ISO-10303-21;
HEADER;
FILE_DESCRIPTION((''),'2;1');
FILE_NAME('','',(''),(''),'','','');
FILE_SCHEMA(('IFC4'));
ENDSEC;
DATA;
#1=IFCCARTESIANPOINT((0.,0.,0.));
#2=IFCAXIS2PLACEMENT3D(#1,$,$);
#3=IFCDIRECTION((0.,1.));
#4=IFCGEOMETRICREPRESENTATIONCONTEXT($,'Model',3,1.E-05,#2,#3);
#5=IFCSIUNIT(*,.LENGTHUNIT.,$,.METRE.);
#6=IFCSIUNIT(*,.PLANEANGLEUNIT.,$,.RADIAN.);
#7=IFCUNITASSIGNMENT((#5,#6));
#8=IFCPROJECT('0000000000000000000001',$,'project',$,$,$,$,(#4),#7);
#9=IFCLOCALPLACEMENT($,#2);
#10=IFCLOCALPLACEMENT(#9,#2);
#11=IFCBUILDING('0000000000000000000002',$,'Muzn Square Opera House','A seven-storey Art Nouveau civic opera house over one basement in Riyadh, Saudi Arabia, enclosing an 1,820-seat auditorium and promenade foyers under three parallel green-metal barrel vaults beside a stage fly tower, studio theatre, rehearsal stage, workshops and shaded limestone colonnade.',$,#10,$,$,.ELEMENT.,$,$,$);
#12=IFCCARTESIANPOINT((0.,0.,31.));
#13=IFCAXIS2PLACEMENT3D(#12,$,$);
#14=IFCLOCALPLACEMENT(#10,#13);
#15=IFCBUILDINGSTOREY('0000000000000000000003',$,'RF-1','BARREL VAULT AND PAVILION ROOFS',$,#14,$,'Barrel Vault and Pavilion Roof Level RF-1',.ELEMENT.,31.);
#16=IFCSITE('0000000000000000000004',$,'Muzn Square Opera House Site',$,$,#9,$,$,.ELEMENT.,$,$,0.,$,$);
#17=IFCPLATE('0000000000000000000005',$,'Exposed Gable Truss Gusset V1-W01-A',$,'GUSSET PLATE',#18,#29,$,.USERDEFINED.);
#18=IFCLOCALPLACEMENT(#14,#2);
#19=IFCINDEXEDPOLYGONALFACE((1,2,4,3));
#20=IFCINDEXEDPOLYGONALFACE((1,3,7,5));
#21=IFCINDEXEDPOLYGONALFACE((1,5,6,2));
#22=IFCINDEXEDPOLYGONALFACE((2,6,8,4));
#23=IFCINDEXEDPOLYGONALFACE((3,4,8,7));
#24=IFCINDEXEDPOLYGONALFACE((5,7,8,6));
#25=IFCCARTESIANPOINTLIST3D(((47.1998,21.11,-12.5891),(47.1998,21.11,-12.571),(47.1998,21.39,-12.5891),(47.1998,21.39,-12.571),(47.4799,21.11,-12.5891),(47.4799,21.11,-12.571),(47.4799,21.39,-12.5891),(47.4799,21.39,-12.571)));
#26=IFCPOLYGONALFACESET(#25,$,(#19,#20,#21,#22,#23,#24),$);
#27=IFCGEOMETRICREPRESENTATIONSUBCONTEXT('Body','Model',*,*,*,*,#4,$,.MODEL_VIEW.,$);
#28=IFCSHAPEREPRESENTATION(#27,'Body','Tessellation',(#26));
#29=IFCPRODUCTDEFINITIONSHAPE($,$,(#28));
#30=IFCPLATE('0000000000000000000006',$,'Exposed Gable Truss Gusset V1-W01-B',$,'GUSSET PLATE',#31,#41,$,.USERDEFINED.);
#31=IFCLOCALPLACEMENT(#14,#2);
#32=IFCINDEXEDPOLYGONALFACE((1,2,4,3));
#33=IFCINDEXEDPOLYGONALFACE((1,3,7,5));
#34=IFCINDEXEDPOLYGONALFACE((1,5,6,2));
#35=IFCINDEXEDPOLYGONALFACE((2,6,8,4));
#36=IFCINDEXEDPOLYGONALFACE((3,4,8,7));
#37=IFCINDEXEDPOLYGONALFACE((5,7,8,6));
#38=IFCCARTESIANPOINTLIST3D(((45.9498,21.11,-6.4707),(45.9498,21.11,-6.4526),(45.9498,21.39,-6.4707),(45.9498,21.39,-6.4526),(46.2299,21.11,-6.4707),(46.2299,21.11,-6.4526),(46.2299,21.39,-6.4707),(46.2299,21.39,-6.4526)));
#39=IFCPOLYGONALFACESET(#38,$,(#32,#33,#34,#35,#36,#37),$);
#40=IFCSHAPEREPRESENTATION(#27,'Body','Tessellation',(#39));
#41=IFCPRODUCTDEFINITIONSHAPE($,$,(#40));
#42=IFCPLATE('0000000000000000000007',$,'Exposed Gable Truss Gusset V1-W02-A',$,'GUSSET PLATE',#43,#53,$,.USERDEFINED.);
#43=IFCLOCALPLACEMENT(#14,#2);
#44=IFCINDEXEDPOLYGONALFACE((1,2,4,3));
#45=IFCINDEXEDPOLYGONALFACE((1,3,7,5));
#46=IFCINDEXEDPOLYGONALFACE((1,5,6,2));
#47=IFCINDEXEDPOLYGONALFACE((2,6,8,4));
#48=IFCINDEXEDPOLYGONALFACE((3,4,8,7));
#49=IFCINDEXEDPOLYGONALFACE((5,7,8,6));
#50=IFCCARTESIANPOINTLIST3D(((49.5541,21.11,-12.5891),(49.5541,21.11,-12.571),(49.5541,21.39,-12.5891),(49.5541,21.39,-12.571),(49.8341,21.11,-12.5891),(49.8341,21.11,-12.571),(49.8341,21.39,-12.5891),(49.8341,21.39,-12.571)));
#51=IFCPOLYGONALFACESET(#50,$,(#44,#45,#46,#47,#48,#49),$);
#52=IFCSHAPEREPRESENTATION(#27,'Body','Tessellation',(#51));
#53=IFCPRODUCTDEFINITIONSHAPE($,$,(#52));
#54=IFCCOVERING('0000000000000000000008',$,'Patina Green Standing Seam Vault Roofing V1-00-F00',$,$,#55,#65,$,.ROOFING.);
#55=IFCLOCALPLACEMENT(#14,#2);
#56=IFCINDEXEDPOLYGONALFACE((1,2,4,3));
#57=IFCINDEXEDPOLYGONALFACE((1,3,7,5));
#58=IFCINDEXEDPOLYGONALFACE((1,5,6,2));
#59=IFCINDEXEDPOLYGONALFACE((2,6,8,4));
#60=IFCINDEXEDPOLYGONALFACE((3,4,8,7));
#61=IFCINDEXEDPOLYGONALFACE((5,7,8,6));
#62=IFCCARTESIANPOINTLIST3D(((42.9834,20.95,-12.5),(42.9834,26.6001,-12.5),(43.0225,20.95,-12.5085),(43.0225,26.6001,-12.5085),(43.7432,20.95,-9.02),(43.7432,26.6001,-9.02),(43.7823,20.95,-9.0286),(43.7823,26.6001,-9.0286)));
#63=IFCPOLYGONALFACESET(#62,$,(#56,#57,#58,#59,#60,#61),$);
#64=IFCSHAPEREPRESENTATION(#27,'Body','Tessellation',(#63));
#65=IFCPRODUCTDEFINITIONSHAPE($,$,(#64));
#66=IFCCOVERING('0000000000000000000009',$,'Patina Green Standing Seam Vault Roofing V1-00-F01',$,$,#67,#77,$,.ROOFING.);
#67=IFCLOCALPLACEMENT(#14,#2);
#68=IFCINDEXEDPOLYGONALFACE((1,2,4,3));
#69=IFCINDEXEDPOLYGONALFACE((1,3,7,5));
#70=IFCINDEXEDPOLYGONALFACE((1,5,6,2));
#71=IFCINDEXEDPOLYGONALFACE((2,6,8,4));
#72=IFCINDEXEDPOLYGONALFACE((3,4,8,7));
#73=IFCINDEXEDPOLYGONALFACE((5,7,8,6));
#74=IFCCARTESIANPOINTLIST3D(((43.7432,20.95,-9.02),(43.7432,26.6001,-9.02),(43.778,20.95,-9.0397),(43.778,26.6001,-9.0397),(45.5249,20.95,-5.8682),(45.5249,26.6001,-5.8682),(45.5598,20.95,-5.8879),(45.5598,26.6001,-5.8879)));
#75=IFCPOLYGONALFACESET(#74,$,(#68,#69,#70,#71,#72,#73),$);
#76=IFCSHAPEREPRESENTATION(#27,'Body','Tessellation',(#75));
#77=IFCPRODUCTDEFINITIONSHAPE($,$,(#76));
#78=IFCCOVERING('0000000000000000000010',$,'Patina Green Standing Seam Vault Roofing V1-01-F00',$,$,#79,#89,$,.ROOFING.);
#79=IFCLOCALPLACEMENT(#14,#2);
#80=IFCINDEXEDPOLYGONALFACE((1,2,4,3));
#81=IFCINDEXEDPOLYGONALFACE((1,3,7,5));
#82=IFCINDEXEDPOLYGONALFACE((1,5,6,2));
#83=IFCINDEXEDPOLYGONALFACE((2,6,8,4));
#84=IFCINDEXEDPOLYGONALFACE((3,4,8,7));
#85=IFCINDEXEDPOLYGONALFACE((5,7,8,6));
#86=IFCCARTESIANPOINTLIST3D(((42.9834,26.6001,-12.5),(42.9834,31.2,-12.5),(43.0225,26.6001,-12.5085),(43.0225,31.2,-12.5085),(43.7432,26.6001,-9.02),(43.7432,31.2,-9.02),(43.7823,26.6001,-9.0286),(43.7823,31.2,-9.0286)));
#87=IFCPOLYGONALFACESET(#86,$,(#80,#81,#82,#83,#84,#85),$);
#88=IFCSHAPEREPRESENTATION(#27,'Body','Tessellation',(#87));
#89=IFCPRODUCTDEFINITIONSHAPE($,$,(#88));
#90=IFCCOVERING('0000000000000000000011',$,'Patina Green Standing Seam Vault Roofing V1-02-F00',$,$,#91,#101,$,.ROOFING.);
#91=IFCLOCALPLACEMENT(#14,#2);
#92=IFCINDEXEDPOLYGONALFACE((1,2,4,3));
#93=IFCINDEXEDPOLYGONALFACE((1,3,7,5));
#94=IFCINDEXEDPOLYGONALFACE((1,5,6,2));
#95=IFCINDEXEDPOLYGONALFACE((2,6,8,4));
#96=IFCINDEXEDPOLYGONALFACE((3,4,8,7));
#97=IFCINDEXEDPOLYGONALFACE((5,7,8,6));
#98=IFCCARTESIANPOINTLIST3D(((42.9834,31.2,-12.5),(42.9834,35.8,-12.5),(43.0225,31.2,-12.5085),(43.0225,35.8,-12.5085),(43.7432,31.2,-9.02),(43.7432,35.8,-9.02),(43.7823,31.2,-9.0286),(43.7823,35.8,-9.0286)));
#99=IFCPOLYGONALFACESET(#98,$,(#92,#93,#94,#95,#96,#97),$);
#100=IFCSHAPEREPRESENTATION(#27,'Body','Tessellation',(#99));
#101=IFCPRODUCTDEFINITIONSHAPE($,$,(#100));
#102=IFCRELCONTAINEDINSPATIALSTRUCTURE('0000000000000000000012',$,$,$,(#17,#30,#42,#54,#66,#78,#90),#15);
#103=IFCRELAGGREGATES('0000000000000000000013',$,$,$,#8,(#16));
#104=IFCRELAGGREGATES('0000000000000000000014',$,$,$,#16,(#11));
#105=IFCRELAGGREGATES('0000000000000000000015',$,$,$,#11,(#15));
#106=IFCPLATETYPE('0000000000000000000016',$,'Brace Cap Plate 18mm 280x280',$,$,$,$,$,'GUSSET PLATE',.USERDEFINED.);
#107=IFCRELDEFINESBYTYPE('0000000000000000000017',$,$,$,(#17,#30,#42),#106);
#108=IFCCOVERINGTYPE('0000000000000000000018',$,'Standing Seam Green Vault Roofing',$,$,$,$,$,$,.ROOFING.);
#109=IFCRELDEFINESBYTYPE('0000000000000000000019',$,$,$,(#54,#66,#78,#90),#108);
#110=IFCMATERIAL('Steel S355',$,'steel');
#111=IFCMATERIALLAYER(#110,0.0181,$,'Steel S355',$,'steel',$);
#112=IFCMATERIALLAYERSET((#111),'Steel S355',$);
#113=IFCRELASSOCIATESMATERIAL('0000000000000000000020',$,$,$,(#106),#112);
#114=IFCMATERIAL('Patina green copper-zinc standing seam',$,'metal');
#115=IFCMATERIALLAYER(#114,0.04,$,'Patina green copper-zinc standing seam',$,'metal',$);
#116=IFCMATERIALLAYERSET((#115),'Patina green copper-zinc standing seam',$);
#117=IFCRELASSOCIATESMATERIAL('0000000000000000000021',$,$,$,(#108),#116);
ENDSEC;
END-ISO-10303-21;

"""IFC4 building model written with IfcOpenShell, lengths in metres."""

from ifc_helpers import new_model, si_unit, direction, frame, origin, origin_2d, place, context, subcontext, project, spatial, polyline, rectangle, outline, extrude, material, layer, layer_set, type_object, element, save


model = new_model("IFC4")

# Units and contexts
model_context = context("Model", 3, precision=1e-05, world=origin(), true_north=direction((0.0, 1.0)))
body_context = subcontext(model_context, "Body", "Model", "MODEL_VIEW")
ifc_project = project(units=[si_unit("LENGTHUNIT", "METRE"), si_unit("PLANEANGLEUNIT", "RADIAN")], contexts=[model_context])

# Site, building, storey
site_placement = place(None, origin())
site = spatial("IfcSite", under=ifc_project, at=site_placement, Name="Muzn Square Opera House Site", CompositionType="ELEMENT", RefElevation=0.0)
building_placement = place(site_placement, origin())
building = spatial("IfcBuilding", under=site, at=building_placement, Name="Muzn Square Opera House", Description="A seven-storey Art Nouveau civic opera house over one basement in Riyadh, Saudi Arabia, enclosing an 1,820-seat auditorium and promenade foyers under three parallel green-metal barrel vaults beside a stage fly tower, studio theatre, rehearsal stage, workshops and shaded limestone colonnade.", CompositionType="ELEMENT")
storey_placement = place(building_placement, frame((0.0, 0.0, 31.0)))
storey = spatial("IfcBuildingStorey", under=building, at=storey_placement, Name="RF-1", Description="BARREL VAULT AND PAVILION ROOFS", LongName="Barrel Vault and Pavilion Roof Level RF-1", CompositionType="ELEMENT", Elevation=31.0)

# Shared definitions
ifc_material_1 = material(Name="Steel S355", Category="steel")

# Shared definitions
ifc_material_2 = material(Name="Patina green copper-zinc standing seam", Category="metal")

# Plates
ifc_layer_1 = layer(ifc_material_1, 0.0181, Name="Steel S355", Category="steel")
ifc_layer_set_1 = layer_set([ifc_layer_1], Name="Steel S355")
plate_type = type_object("IfcPlateType", Name="Brace Cap Plate 18mm 280x280", ElementType="GUSSET PLATE", PredefinedType="USERDEFINED", material=ifc_layer_set_1)
for number, where, z_axis, x_axis, name in (
    (1, (47.3398, 21.25, -12.5891), (0.0, 0.0, 1.0), (1.0, 0.0, 0.0), "Exposed Gable Truss Gusset V1-W01-A"),
    (2, (46.0898, 21.25, -6.4707), (0.0, 0.0, 1.0), (1.0, 0.0, 0.0), "Exposed Gable Truss Gusset V1-W01-B"),
    (3, (49.6941, 21.25, -12.5891), (0.0, 0.0, 1.0), (1.0, 0.0, 0.0), "Exposed Gable Truss Gusset V1-W02-A"),
):
    element("IfcPlate", number, at=place(storey_placement, frame(where, z_axis=z_axis, x_axis=x_axis)), inside=storey, type_object=plate_type, Name=name, ObjectType="GUSSET PLATE", PredefinedType="USERDEFINED", context=body_context, shape_type="SweptSolid", body=[
        extrude(rectangle(XDim=0.28, YDim=0.28, at=origin_2d()), origin(), (0.0, 0.0, 1.0), 0.0181),
    ])

# Coverings
ifc_layer_2 = layer(ifc_material_2, 0.04, Name="Patina green copper-zinc standing seam", Category="metal")
ifc_layer_set_2 = layer_set([ifc_layer_2], Name="Patina green copper-zinc standing seam")
covering_type = type_object("IfcCoveringType", Name="Standing Seam Green Vault Roofing", PredefinedType="ROOFING", material=ifc_layer_set_2)
covering_1_placement = place(storey_placement, frame((43.7432, 20.95, -9.02), z_axis=(-0.976987, 0.0, 0.2133), x_axis=(0.0, 1.0, 0.0)))
element("IfcCovering", 4, at=covering_1_placement, inside=storey, type_object=covering_type, Name="Patina Green Standing Seam Vault Roofing V1-00-F00", PredefinedType="ROOFING", context=body_context, shape_type="SweptSolid", body=[
    extrude(outline(polyline([(0.0, 3.562), (0.0, 0.0), (5.6501, 0.0), (5.6501, 3.562), (0.0, 3.562)])), origin(), (0.0, 0.0, -1.0), 0.04),
])
covering_2_placement = place(storey_placement, frame((45.5249, 20.95, -5.8682), z_axis=(-0.870533, 0.0, 0.492111), x_axis=(0.0, 1.0, 0.0)))
element("IfcCovering", 5, at=covering_2_placement, inside=storey, type_object=covering_type, Name="Patina Green Standing Seam Vault Roofing V1-00-F01", PredefinedType="ROOFING", context=body_context, shape_type="SweptSolid", body=[
    extrude(outline(polyline([(0.0, 3.6206), (0.0, 0.0), (5.6501, 0.0), (5.6501, 3.6206), (0.0, 3.6206)])), origin(), (0.0, 0.0, -1.0), 0.04),
])
covering_3_placement = place(storey_placement, frame((43.7432, 26.6001, -9.02), z_axis=(-0.976987, 0.0, 0.2133), x_axis=(0.0, 1.0, 0.0)))
element("IfcCovering", 6, at=covering_3_placement, inside=storey, type_object=covering_type, Name="Patina Green Standing Seam Vault Roofing V1-01-F00", PredefinedType="ROOFING", context=body_context, shape_type="SweptSolid", body=[
    extrude(outline(polyline([(0.0, 3.562), (0.0, 0.0), (4.5999, 0.0), (4.5999, 3.562), (0.0, 3.562)])), origin(), (0.0, 0.0, -1.0), 0.04),
])
covering_4_placement = place(storey_placement, frame((43.7432, 31.2, -9.02), z_axis=(-0.976987, 0.0, 0.2133), x_axis=(0.0, 1.0, 0.0)))
element("IfcCovering", 7, at=covering_4_placement, inside=storey, type_object=covering_type, Name="Patina Green Standing Seam Vault Roofing V1-02-F00", PredefinedType="ROOFING", context=body_context, shape_type="SweptSolid", body=[
    extrude(outline(polyline([(0.0, 3.562), (0.0, 0.0), (4.6001, 0.0), (4.6001, 3.562), (0.0, 3.562)])), origin(), (0.0, 0.0, -1.0), 0.04),
])

save(model, "model.ifc")
